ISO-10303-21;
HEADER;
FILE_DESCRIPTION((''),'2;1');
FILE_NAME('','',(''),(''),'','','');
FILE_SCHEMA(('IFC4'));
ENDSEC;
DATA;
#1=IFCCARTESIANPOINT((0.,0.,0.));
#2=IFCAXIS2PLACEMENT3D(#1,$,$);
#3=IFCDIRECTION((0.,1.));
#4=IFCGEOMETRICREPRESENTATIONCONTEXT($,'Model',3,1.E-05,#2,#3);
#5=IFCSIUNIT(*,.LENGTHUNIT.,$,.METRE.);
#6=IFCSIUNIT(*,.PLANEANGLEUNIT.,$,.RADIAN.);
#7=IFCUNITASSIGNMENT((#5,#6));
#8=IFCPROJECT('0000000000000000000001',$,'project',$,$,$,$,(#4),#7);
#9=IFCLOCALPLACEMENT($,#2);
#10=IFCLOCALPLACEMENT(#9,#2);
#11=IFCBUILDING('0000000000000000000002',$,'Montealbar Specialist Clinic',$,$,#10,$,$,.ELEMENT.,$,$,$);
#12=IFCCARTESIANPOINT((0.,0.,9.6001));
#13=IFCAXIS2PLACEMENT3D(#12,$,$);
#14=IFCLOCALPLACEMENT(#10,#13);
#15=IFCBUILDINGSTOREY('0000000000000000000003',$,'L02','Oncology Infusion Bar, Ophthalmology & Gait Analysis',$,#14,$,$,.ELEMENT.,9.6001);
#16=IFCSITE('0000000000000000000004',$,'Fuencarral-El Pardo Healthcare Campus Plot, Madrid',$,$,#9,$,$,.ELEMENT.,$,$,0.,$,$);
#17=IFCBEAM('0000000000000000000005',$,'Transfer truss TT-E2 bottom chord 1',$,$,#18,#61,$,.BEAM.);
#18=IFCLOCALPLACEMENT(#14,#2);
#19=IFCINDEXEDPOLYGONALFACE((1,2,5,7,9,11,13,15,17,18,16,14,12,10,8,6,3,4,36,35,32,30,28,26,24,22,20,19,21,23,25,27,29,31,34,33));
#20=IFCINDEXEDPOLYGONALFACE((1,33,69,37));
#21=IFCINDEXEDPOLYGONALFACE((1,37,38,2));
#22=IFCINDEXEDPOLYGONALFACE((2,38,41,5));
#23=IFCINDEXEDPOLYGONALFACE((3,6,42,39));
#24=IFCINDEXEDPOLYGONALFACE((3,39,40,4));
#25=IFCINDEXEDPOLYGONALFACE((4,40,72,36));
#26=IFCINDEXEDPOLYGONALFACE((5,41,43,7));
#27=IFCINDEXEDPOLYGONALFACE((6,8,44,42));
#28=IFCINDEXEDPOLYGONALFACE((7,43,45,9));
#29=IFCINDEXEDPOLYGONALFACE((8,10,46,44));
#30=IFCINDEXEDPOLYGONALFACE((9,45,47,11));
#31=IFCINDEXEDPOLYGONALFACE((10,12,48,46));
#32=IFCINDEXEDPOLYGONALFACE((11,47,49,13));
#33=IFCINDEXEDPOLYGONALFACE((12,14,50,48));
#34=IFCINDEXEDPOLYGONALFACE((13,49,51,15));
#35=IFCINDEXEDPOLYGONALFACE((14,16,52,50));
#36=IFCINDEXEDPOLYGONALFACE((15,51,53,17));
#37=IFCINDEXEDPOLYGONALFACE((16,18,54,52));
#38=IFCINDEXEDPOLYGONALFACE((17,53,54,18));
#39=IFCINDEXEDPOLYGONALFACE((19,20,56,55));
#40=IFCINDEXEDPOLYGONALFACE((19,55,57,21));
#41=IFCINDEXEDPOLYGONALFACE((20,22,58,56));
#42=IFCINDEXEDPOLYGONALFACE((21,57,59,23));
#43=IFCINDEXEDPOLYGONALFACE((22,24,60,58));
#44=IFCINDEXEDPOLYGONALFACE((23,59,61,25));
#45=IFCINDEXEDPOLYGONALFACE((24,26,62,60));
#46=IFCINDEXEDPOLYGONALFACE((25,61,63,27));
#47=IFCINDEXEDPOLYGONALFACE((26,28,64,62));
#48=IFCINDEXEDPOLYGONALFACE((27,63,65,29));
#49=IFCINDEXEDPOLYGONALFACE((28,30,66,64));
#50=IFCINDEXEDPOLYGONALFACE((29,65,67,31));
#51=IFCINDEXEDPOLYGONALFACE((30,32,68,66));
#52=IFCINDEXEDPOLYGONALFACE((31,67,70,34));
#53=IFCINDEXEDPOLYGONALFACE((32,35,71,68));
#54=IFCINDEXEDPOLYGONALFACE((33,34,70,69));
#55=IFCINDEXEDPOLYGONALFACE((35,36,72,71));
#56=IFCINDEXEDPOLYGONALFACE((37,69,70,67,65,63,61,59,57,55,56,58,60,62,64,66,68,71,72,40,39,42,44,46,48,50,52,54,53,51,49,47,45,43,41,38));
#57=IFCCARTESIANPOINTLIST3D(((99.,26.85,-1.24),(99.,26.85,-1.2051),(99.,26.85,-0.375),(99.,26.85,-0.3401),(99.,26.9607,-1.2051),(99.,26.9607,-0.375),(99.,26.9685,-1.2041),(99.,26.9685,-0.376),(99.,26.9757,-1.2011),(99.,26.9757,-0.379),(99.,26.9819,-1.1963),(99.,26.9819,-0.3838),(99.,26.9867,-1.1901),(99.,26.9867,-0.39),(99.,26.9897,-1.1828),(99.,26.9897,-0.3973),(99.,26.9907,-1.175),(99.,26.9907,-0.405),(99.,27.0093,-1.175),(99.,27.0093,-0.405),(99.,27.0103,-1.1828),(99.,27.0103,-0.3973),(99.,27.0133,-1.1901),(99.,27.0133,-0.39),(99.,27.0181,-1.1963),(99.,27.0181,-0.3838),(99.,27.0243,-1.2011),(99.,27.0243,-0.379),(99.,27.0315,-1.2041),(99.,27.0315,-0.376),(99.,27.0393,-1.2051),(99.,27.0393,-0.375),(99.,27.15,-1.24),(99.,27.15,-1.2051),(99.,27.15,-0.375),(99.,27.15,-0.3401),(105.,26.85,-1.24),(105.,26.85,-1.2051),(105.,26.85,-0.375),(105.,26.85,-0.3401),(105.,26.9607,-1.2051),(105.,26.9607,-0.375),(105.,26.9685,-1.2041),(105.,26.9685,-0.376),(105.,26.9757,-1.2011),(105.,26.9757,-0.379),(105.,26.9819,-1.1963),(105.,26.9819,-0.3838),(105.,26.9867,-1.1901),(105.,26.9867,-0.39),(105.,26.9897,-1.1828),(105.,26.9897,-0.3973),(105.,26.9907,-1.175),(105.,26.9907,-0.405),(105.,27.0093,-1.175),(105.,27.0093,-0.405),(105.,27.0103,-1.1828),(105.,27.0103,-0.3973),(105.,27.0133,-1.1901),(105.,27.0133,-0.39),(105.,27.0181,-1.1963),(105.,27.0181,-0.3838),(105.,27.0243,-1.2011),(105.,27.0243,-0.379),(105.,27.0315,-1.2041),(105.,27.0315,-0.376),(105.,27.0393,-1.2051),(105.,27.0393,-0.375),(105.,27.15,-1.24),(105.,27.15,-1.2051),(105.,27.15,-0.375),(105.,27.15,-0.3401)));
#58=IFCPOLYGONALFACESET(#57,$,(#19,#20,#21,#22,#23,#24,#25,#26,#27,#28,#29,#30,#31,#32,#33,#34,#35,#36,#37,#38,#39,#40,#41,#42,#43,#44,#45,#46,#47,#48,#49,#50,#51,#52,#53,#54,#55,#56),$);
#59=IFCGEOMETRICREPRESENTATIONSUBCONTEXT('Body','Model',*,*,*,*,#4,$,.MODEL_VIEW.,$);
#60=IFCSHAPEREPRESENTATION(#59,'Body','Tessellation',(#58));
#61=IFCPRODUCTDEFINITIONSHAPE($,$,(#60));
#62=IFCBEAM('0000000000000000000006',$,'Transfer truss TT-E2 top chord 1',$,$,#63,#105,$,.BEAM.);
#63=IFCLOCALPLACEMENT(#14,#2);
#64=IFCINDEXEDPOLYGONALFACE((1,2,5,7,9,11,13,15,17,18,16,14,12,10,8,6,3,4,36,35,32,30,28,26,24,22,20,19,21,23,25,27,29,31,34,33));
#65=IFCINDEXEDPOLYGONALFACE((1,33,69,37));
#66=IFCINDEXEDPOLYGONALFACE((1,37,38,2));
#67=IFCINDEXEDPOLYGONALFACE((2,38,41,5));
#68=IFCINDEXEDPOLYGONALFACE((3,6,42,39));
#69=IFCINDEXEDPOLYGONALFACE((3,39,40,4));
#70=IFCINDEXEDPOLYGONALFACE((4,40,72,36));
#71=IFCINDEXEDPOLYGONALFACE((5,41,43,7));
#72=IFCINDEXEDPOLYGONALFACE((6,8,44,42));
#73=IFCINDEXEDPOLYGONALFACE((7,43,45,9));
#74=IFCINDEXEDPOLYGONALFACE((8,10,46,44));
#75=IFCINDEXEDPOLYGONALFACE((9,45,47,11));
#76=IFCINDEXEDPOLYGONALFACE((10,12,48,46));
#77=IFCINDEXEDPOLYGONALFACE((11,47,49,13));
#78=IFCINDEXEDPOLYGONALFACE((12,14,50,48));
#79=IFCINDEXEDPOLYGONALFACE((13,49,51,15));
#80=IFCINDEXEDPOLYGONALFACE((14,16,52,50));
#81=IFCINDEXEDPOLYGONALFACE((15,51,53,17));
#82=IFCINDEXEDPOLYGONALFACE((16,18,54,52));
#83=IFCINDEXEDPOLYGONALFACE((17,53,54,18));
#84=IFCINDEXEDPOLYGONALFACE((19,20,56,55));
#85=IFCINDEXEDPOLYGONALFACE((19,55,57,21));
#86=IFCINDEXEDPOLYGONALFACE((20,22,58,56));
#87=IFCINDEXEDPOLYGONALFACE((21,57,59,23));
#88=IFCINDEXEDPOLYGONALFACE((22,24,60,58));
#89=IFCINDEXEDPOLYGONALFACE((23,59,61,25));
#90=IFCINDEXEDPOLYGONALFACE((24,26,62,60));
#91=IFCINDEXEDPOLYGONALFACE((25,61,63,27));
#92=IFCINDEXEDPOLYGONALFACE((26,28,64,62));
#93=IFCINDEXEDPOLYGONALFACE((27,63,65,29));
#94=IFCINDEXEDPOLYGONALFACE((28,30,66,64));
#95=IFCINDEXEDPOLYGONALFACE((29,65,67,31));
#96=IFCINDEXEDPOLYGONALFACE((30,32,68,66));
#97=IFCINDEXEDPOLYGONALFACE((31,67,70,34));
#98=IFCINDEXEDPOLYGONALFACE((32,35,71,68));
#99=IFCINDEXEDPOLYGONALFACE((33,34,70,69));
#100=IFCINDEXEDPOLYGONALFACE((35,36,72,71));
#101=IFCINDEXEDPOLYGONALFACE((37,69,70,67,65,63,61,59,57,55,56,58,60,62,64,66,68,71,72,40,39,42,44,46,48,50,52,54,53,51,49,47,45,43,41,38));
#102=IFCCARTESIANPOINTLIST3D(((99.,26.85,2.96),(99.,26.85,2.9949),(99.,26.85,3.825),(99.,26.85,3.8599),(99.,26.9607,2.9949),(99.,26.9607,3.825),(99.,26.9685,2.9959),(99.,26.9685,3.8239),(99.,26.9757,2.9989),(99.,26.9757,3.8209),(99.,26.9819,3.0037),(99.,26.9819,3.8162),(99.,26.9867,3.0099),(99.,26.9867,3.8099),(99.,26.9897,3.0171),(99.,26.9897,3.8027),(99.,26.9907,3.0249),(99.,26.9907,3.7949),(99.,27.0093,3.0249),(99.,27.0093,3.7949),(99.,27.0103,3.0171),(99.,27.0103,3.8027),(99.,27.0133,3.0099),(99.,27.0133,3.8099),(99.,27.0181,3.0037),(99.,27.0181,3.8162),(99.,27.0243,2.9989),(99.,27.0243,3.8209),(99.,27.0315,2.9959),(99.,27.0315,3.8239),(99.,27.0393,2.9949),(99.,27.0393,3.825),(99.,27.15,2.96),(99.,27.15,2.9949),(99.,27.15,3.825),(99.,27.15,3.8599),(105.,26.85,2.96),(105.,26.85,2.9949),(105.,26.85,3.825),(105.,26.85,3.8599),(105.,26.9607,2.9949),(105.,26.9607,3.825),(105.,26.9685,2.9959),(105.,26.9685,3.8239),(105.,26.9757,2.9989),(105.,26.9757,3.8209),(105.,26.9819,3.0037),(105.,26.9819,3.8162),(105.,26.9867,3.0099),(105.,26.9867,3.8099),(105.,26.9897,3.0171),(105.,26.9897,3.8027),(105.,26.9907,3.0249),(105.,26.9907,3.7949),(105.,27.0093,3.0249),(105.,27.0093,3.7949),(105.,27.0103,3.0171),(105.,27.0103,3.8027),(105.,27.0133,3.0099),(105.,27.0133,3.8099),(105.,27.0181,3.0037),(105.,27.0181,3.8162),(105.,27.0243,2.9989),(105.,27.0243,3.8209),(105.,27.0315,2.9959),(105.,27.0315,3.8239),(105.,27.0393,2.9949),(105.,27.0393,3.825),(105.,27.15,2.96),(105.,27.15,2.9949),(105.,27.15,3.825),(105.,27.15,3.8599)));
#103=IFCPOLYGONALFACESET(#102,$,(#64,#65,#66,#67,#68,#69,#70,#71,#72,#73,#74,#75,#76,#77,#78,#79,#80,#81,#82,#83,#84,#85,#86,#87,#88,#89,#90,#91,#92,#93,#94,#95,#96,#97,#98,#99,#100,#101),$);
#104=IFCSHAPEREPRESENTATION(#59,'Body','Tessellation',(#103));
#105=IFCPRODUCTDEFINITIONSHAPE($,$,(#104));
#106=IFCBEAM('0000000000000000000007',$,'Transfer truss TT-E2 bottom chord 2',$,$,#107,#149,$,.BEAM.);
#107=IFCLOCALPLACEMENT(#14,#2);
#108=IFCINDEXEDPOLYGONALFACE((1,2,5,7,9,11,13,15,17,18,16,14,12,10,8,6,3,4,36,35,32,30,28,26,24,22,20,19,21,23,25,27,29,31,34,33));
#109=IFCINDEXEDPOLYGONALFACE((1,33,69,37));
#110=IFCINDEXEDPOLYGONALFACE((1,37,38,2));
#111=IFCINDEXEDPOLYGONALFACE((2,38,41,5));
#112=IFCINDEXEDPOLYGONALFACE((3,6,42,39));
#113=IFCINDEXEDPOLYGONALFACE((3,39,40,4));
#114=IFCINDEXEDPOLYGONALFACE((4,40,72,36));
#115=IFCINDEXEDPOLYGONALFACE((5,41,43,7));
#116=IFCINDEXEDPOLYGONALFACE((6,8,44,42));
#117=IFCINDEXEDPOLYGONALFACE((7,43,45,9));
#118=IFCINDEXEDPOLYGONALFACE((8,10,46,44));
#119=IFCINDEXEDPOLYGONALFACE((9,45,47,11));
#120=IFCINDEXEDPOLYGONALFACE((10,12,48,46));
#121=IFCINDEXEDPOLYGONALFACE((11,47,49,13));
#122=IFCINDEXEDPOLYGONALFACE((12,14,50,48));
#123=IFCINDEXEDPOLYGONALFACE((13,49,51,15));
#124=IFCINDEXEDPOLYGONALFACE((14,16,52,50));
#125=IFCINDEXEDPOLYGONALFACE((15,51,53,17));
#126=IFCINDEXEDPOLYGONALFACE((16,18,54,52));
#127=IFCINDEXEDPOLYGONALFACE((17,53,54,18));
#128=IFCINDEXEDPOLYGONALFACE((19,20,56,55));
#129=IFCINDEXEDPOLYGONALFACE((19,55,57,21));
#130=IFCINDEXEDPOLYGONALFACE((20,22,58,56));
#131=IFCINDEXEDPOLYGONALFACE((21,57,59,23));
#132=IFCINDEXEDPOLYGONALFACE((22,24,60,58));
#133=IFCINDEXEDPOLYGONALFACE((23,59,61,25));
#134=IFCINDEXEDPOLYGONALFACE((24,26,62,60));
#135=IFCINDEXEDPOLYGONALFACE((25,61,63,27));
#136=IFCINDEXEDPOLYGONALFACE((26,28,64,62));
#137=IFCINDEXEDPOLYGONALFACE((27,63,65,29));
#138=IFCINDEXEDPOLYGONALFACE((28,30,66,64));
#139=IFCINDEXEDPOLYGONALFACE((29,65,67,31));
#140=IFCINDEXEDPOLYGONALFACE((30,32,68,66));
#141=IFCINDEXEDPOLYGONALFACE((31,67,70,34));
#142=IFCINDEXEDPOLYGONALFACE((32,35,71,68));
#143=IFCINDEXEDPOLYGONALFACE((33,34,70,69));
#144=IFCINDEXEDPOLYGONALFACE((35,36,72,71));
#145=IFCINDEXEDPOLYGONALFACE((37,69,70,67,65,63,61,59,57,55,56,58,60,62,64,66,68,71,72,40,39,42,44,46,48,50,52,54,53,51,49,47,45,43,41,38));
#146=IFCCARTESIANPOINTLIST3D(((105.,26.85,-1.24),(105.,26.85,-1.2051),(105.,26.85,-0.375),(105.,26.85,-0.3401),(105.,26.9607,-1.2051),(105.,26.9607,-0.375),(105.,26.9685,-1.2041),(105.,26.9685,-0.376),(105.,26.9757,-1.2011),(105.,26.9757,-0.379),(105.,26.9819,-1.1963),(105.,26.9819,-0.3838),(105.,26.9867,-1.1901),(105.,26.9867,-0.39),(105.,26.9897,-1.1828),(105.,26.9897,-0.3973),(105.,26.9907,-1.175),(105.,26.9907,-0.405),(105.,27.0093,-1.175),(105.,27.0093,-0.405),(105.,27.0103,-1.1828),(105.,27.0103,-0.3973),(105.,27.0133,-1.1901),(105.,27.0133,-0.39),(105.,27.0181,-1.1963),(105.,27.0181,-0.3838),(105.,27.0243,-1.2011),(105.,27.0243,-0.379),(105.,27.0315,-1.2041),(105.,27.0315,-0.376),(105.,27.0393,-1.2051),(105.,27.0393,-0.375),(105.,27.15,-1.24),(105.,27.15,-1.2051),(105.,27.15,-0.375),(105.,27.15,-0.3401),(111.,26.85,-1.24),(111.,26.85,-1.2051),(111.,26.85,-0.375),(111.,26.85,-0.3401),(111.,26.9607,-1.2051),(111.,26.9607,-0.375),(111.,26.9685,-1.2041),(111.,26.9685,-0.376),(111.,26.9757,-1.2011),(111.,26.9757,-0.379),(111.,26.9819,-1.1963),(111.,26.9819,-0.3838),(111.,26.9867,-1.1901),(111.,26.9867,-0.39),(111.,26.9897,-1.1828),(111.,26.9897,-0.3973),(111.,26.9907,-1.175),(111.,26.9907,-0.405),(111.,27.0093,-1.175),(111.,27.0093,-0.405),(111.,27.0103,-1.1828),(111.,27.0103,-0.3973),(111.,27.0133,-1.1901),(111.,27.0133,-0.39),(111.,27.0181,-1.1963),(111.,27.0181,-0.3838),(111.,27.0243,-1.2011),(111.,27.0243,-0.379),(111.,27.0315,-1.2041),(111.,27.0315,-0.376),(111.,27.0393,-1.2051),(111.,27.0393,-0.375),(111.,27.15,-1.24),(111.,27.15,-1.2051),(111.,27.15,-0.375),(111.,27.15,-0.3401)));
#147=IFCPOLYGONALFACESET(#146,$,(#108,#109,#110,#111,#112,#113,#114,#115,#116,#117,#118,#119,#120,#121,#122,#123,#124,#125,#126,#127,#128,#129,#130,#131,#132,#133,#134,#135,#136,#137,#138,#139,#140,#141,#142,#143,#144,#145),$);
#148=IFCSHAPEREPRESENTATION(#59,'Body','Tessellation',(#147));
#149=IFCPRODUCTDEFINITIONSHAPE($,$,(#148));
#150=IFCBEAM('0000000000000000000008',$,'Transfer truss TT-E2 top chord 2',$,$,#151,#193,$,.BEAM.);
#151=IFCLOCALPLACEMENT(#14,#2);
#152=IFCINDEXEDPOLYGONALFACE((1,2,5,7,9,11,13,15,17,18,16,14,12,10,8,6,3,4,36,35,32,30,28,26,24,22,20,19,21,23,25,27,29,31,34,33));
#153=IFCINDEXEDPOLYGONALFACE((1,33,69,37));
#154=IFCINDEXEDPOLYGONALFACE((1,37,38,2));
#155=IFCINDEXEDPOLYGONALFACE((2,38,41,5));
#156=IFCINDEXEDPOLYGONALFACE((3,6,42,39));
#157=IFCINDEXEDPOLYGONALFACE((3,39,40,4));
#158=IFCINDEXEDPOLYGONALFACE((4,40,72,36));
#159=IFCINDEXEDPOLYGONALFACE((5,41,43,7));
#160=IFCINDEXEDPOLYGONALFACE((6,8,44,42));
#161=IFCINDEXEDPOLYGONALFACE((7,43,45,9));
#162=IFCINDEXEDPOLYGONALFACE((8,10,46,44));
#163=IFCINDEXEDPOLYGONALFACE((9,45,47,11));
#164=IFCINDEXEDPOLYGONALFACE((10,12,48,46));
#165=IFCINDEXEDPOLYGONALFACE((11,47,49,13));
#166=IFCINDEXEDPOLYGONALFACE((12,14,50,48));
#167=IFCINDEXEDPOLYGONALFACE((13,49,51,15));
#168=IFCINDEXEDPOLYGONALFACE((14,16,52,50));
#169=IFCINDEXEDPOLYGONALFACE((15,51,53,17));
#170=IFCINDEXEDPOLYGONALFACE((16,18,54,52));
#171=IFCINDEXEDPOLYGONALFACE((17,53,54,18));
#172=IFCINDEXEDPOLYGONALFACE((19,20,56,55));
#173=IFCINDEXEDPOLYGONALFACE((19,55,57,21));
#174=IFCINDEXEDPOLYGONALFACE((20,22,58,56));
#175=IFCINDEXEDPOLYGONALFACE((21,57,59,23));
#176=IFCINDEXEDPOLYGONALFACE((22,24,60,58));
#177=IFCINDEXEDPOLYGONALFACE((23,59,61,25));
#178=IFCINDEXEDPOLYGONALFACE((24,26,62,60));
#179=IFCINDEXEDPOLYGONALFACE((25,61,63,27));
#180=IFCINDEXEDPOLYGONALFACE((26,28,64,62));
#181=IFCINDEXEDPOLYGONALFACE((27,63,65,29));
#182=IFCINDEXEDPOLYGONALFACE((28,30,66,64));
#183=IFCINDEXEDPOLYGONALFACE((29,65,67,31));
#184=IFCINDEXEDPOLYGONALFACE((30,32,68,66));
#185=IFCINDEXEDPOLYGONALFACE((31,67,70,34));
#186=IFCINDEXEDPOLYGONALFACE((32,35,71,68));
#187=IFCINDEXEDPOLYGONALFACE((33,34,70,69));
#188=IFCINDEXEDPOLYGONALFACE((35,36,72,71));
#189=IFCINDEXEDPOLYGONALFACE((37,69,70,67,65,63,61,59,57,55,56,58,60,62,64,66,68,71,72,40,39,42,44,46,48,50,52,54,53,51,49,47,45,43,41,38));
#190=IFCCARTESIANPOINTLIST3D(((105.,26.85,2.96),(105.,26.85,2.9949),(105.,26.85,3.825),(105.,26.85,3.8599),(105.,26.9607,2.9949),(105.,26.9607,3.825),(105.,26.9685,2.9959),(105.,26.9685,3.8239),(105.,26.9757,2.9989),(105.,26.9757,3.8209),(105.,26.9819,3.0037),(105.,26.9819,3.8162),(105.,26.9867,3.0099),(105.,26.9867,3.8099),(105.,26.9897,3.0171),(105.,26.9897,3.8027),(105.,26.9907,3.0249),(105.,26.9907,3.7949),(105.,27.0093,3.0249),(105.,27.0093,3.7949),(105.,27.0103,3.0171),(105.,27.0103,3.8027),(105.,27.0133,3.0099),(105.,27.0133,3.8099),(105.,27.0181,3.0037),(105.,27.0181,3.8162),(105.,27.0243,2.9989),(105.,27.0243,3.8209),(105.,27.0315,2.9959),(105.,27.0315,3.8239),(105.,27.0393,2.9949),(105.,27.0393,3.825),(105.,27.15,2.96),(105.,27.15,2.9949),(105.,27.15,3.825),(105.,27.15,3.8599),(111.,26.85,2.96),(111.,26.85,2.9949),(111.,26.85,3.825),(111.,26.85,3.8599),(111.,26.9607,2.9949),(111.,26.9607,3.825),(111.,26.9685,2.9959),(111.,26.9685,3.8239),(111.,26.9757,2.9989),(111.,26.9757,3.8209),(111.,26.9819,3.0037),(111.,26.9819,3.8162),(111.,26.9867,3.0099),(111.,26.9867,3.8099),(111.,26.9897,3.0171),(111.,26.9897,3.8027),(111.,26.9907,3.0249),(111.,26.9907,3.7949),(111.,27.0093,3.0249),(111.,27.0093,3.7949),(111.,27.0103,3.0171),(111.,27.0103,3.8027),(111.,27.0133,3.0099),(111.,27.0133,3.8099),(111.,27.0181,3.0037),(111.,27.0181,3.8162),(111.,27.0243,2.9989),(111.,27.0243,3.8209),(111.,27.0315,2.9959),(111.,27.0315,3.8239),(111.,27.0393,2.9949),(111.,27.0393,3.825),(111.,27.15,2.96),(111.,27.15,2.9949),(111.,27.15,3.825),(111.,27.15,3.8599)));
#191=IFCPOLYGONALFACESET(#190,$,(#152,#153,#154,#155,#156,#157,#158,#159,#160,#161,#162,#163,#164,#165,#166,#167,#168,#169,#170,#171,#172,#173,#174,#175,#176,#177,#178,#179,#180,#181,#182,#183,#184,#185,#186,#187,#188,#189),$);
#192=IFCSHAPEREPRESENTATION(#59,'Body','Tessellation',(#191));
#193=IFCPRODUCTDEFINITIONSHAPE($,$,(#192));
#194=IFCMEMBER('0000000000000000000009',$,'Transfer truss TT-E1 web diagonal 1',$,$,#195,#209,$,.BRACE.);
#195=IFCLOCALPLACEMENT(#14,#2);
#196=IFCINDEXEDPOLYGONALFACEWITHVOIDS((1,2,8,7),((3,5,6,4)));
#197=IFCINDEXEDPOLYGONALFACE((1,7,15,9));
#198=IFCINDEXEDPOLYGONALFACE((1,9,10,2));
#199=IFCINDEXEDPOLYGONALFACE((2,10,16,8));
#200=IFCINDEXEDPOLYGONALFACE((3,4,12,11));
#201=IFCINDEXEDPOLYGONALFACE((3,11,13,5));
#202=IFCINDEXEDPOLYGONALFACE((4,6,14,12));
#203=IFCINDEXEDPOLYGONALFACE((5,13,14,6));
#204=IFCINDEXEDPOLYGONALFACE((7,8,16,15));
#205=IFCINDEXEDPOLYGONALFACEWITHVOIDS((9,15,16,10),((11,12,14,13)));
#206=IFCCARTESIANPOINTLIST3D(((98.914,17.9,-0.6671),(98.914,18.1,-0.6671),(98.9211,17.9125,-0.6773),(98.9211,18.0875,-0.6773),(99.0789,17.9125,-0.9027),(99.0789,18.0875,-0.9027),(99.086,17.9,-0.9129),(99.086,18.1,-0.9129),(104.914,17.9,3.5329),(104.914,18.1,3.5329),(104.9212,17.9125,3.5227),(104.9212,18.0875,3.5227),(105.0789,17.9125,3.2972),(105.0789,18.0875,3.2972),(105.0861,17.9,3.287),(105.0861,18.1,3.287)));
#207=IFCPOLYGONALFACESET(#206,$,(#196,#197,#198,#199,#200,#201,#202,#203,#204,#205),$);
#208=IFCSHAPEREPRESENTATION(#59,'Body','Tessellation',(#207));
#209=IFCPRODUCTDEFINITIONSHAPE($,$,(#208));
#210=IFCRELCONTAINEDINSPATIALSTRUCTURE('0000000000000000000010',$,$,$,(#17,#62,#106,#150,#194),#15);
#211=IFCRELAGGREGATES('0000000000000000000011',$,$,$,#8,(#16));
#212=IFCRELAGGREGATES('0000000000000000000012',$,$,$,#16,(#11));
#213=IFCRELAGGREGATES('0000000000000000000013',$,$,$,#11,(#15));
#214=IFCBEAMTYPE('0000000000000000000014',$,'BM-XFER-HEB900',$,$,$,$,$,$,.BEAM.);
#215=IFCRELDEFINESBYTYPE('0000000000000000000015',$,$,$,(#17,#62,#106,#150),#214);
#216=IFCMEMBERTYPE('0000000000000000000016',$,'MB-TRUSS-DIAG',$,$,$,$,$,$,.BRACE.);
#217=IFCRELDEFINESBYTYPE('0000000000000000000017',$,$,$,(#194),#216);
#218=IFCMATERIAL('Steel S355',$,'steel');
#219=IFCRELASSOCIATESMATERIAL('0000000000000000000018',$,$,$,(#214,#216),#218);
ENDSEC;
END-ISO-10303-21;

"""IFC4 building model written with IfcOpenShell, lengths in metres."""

from ifc_helpers import new_model, si_unit, direction, frame, origin, origin_2d, place, context, subcontext, project, spatial, hollow_rectangle, i_section, extrude, material, material_profile, profile_set, type_object, element, save


model = new_model("IFC4")

# Units and contexts
model_context = context("Model", 3, precision=1e-05, world=origin(), true_north=direction((0.0, 1.0)))
body_context = subcontext(model_context, "Body", "Model", "MODEL_VIEW")
ifc_project = project(units=[si_unit("LENGTHUNIT", "METRE"), si_unit("PLANEANGLEUNIT", "RADIAN")], contexts=[model_context])

# Site, building, storey
site_placement = place(None, origin())
site = spatial("IfcSite", under=ifc_project, at=site_placement, Name="Fuencarral-El Pardo Healthcare Campus Plot, Madrid", CompositionType="ELEMENT", RefElevation=0.0)
building_placement = place(site_placement, origin())
building = spatial("IfcBuilding", under=site, at=building_placement, Name="Montealbar Specialist Clinic", CompositionType="ELEMENT")
storey_placement = place(building_placement, frame((0.0, 0.0, 9.6001)))
storey = spatial("IfcBuildingStorey", under=building, at=storey_placement, Name="L02", Description="Oncology Infusion Bar, Ophthalmology & Gait Analysis", CompositionType="ELEMENT", Elevation=9.6001)

# Shared definitions
ifc_material_1 = material(Name="Steel S355", Category="steel")

# Beams
ifc_material_profile_1 = material_profile(ifc_material_1, i_section(OverallWidth=0.3, OverallDepth=0.8999, WebThickness=0.0186, FlangeThickness=0.0349, FilletRadius=0.03, at=origin_2d()), Name="HEB 900", Category="steel")
ifc_profile_set_1 = profile_set([ifc_material_profile_1], Name="Steel S355")
beam_type_1 = type_object("IfcBeamType", Name="BM-XFER-HEB900", PredefinedType="BEAM", material=ifc_profile_set_1)
for number, where, z_axis, x_axis, name in (
    (1, (99.0, 27.0, -0.79), (1.0, 0.0, 0.0), (0.0, 1.0, 0.0), "Transfer truss TT-E2 bottom chord 1"),
    (2, (99.0, 27.0, 3.4099), (1.0, 0.0, 0.0), (0.0, 1.0, 0.0), "Transfer truss TT-E2 top chord 1"),
    (3, (105.0, 27.0, -0.79), (1.0, 0.0, 0.0), (0.0, 1.0, 0.0), "Transfer truss TT-E2 bottom chord 2"),
    (4, (105.0, 27.0, 3.4099), (1.0, 0.0, 0.0), (0.0, 1.0, 0.0), "Transfer truss TT-E2 top chord 2"),
):
    element("IfcBeam", number, at=place(storey_placement, frame(where, z_axis=z_axis, x_axis=x_axis)), inside=storey, type_object=beam_type_1, Name=name, PredefinedType="BEAM", context=body_context, shape_type="SweptSolid", body=[
        extrude(i_section(OverallWidth=0.3, OverallDepth=0.8999, WebThickness=0.0186, FlangeThickness=0.0349, FilletRadius=0.03, at=origin_2d()), origin(), (0.0, 0.0, 1.0), 6.0),
    ])

# Member
ifc_material_profile_2 = material_profile(ifc_material_1, hollow_rectangle(XDim=0.2, YDim=0.3, WallThickness=0.0125, at=origin_2d()), Name="RHS 300x200x12.5", Category="steel")
ifc_profile_set_2 = profile_set([ifc_material_profile_2], Name="Steel S355")
member_type_1 = type_object("IfcMemberType", Name="MB-TRUSS-DIAG", PredefinedType="BRACE", material=ifc_profile_set_2)
for number, where, z_axis, x_axis, name in (
    (5, (99.0, 18.0, -0.79), (0.819235, 0.0, 0.573458), (0.0, 1.0, 0.0), "Transfer truss TT-E1 web diagonal 1"),
):
    element("IfcMember", number, at=place(storey_placement, frame(where, z_axis=z_axis, x_axis=x_axis)), inside=storey, type_object=member_type_1, Name=name, PredefinedType="BRACE", context=body_context, shape_type="SweptSolid", body=[
        extrude(hollow_rectangle(XDim=0.2, YDim=0.3, WallThickness=0.0125, at=origin_2d()), origin(), (0.0, 0.0, 1.0), 7.324),
    ])

save(model, "model.ifc")
